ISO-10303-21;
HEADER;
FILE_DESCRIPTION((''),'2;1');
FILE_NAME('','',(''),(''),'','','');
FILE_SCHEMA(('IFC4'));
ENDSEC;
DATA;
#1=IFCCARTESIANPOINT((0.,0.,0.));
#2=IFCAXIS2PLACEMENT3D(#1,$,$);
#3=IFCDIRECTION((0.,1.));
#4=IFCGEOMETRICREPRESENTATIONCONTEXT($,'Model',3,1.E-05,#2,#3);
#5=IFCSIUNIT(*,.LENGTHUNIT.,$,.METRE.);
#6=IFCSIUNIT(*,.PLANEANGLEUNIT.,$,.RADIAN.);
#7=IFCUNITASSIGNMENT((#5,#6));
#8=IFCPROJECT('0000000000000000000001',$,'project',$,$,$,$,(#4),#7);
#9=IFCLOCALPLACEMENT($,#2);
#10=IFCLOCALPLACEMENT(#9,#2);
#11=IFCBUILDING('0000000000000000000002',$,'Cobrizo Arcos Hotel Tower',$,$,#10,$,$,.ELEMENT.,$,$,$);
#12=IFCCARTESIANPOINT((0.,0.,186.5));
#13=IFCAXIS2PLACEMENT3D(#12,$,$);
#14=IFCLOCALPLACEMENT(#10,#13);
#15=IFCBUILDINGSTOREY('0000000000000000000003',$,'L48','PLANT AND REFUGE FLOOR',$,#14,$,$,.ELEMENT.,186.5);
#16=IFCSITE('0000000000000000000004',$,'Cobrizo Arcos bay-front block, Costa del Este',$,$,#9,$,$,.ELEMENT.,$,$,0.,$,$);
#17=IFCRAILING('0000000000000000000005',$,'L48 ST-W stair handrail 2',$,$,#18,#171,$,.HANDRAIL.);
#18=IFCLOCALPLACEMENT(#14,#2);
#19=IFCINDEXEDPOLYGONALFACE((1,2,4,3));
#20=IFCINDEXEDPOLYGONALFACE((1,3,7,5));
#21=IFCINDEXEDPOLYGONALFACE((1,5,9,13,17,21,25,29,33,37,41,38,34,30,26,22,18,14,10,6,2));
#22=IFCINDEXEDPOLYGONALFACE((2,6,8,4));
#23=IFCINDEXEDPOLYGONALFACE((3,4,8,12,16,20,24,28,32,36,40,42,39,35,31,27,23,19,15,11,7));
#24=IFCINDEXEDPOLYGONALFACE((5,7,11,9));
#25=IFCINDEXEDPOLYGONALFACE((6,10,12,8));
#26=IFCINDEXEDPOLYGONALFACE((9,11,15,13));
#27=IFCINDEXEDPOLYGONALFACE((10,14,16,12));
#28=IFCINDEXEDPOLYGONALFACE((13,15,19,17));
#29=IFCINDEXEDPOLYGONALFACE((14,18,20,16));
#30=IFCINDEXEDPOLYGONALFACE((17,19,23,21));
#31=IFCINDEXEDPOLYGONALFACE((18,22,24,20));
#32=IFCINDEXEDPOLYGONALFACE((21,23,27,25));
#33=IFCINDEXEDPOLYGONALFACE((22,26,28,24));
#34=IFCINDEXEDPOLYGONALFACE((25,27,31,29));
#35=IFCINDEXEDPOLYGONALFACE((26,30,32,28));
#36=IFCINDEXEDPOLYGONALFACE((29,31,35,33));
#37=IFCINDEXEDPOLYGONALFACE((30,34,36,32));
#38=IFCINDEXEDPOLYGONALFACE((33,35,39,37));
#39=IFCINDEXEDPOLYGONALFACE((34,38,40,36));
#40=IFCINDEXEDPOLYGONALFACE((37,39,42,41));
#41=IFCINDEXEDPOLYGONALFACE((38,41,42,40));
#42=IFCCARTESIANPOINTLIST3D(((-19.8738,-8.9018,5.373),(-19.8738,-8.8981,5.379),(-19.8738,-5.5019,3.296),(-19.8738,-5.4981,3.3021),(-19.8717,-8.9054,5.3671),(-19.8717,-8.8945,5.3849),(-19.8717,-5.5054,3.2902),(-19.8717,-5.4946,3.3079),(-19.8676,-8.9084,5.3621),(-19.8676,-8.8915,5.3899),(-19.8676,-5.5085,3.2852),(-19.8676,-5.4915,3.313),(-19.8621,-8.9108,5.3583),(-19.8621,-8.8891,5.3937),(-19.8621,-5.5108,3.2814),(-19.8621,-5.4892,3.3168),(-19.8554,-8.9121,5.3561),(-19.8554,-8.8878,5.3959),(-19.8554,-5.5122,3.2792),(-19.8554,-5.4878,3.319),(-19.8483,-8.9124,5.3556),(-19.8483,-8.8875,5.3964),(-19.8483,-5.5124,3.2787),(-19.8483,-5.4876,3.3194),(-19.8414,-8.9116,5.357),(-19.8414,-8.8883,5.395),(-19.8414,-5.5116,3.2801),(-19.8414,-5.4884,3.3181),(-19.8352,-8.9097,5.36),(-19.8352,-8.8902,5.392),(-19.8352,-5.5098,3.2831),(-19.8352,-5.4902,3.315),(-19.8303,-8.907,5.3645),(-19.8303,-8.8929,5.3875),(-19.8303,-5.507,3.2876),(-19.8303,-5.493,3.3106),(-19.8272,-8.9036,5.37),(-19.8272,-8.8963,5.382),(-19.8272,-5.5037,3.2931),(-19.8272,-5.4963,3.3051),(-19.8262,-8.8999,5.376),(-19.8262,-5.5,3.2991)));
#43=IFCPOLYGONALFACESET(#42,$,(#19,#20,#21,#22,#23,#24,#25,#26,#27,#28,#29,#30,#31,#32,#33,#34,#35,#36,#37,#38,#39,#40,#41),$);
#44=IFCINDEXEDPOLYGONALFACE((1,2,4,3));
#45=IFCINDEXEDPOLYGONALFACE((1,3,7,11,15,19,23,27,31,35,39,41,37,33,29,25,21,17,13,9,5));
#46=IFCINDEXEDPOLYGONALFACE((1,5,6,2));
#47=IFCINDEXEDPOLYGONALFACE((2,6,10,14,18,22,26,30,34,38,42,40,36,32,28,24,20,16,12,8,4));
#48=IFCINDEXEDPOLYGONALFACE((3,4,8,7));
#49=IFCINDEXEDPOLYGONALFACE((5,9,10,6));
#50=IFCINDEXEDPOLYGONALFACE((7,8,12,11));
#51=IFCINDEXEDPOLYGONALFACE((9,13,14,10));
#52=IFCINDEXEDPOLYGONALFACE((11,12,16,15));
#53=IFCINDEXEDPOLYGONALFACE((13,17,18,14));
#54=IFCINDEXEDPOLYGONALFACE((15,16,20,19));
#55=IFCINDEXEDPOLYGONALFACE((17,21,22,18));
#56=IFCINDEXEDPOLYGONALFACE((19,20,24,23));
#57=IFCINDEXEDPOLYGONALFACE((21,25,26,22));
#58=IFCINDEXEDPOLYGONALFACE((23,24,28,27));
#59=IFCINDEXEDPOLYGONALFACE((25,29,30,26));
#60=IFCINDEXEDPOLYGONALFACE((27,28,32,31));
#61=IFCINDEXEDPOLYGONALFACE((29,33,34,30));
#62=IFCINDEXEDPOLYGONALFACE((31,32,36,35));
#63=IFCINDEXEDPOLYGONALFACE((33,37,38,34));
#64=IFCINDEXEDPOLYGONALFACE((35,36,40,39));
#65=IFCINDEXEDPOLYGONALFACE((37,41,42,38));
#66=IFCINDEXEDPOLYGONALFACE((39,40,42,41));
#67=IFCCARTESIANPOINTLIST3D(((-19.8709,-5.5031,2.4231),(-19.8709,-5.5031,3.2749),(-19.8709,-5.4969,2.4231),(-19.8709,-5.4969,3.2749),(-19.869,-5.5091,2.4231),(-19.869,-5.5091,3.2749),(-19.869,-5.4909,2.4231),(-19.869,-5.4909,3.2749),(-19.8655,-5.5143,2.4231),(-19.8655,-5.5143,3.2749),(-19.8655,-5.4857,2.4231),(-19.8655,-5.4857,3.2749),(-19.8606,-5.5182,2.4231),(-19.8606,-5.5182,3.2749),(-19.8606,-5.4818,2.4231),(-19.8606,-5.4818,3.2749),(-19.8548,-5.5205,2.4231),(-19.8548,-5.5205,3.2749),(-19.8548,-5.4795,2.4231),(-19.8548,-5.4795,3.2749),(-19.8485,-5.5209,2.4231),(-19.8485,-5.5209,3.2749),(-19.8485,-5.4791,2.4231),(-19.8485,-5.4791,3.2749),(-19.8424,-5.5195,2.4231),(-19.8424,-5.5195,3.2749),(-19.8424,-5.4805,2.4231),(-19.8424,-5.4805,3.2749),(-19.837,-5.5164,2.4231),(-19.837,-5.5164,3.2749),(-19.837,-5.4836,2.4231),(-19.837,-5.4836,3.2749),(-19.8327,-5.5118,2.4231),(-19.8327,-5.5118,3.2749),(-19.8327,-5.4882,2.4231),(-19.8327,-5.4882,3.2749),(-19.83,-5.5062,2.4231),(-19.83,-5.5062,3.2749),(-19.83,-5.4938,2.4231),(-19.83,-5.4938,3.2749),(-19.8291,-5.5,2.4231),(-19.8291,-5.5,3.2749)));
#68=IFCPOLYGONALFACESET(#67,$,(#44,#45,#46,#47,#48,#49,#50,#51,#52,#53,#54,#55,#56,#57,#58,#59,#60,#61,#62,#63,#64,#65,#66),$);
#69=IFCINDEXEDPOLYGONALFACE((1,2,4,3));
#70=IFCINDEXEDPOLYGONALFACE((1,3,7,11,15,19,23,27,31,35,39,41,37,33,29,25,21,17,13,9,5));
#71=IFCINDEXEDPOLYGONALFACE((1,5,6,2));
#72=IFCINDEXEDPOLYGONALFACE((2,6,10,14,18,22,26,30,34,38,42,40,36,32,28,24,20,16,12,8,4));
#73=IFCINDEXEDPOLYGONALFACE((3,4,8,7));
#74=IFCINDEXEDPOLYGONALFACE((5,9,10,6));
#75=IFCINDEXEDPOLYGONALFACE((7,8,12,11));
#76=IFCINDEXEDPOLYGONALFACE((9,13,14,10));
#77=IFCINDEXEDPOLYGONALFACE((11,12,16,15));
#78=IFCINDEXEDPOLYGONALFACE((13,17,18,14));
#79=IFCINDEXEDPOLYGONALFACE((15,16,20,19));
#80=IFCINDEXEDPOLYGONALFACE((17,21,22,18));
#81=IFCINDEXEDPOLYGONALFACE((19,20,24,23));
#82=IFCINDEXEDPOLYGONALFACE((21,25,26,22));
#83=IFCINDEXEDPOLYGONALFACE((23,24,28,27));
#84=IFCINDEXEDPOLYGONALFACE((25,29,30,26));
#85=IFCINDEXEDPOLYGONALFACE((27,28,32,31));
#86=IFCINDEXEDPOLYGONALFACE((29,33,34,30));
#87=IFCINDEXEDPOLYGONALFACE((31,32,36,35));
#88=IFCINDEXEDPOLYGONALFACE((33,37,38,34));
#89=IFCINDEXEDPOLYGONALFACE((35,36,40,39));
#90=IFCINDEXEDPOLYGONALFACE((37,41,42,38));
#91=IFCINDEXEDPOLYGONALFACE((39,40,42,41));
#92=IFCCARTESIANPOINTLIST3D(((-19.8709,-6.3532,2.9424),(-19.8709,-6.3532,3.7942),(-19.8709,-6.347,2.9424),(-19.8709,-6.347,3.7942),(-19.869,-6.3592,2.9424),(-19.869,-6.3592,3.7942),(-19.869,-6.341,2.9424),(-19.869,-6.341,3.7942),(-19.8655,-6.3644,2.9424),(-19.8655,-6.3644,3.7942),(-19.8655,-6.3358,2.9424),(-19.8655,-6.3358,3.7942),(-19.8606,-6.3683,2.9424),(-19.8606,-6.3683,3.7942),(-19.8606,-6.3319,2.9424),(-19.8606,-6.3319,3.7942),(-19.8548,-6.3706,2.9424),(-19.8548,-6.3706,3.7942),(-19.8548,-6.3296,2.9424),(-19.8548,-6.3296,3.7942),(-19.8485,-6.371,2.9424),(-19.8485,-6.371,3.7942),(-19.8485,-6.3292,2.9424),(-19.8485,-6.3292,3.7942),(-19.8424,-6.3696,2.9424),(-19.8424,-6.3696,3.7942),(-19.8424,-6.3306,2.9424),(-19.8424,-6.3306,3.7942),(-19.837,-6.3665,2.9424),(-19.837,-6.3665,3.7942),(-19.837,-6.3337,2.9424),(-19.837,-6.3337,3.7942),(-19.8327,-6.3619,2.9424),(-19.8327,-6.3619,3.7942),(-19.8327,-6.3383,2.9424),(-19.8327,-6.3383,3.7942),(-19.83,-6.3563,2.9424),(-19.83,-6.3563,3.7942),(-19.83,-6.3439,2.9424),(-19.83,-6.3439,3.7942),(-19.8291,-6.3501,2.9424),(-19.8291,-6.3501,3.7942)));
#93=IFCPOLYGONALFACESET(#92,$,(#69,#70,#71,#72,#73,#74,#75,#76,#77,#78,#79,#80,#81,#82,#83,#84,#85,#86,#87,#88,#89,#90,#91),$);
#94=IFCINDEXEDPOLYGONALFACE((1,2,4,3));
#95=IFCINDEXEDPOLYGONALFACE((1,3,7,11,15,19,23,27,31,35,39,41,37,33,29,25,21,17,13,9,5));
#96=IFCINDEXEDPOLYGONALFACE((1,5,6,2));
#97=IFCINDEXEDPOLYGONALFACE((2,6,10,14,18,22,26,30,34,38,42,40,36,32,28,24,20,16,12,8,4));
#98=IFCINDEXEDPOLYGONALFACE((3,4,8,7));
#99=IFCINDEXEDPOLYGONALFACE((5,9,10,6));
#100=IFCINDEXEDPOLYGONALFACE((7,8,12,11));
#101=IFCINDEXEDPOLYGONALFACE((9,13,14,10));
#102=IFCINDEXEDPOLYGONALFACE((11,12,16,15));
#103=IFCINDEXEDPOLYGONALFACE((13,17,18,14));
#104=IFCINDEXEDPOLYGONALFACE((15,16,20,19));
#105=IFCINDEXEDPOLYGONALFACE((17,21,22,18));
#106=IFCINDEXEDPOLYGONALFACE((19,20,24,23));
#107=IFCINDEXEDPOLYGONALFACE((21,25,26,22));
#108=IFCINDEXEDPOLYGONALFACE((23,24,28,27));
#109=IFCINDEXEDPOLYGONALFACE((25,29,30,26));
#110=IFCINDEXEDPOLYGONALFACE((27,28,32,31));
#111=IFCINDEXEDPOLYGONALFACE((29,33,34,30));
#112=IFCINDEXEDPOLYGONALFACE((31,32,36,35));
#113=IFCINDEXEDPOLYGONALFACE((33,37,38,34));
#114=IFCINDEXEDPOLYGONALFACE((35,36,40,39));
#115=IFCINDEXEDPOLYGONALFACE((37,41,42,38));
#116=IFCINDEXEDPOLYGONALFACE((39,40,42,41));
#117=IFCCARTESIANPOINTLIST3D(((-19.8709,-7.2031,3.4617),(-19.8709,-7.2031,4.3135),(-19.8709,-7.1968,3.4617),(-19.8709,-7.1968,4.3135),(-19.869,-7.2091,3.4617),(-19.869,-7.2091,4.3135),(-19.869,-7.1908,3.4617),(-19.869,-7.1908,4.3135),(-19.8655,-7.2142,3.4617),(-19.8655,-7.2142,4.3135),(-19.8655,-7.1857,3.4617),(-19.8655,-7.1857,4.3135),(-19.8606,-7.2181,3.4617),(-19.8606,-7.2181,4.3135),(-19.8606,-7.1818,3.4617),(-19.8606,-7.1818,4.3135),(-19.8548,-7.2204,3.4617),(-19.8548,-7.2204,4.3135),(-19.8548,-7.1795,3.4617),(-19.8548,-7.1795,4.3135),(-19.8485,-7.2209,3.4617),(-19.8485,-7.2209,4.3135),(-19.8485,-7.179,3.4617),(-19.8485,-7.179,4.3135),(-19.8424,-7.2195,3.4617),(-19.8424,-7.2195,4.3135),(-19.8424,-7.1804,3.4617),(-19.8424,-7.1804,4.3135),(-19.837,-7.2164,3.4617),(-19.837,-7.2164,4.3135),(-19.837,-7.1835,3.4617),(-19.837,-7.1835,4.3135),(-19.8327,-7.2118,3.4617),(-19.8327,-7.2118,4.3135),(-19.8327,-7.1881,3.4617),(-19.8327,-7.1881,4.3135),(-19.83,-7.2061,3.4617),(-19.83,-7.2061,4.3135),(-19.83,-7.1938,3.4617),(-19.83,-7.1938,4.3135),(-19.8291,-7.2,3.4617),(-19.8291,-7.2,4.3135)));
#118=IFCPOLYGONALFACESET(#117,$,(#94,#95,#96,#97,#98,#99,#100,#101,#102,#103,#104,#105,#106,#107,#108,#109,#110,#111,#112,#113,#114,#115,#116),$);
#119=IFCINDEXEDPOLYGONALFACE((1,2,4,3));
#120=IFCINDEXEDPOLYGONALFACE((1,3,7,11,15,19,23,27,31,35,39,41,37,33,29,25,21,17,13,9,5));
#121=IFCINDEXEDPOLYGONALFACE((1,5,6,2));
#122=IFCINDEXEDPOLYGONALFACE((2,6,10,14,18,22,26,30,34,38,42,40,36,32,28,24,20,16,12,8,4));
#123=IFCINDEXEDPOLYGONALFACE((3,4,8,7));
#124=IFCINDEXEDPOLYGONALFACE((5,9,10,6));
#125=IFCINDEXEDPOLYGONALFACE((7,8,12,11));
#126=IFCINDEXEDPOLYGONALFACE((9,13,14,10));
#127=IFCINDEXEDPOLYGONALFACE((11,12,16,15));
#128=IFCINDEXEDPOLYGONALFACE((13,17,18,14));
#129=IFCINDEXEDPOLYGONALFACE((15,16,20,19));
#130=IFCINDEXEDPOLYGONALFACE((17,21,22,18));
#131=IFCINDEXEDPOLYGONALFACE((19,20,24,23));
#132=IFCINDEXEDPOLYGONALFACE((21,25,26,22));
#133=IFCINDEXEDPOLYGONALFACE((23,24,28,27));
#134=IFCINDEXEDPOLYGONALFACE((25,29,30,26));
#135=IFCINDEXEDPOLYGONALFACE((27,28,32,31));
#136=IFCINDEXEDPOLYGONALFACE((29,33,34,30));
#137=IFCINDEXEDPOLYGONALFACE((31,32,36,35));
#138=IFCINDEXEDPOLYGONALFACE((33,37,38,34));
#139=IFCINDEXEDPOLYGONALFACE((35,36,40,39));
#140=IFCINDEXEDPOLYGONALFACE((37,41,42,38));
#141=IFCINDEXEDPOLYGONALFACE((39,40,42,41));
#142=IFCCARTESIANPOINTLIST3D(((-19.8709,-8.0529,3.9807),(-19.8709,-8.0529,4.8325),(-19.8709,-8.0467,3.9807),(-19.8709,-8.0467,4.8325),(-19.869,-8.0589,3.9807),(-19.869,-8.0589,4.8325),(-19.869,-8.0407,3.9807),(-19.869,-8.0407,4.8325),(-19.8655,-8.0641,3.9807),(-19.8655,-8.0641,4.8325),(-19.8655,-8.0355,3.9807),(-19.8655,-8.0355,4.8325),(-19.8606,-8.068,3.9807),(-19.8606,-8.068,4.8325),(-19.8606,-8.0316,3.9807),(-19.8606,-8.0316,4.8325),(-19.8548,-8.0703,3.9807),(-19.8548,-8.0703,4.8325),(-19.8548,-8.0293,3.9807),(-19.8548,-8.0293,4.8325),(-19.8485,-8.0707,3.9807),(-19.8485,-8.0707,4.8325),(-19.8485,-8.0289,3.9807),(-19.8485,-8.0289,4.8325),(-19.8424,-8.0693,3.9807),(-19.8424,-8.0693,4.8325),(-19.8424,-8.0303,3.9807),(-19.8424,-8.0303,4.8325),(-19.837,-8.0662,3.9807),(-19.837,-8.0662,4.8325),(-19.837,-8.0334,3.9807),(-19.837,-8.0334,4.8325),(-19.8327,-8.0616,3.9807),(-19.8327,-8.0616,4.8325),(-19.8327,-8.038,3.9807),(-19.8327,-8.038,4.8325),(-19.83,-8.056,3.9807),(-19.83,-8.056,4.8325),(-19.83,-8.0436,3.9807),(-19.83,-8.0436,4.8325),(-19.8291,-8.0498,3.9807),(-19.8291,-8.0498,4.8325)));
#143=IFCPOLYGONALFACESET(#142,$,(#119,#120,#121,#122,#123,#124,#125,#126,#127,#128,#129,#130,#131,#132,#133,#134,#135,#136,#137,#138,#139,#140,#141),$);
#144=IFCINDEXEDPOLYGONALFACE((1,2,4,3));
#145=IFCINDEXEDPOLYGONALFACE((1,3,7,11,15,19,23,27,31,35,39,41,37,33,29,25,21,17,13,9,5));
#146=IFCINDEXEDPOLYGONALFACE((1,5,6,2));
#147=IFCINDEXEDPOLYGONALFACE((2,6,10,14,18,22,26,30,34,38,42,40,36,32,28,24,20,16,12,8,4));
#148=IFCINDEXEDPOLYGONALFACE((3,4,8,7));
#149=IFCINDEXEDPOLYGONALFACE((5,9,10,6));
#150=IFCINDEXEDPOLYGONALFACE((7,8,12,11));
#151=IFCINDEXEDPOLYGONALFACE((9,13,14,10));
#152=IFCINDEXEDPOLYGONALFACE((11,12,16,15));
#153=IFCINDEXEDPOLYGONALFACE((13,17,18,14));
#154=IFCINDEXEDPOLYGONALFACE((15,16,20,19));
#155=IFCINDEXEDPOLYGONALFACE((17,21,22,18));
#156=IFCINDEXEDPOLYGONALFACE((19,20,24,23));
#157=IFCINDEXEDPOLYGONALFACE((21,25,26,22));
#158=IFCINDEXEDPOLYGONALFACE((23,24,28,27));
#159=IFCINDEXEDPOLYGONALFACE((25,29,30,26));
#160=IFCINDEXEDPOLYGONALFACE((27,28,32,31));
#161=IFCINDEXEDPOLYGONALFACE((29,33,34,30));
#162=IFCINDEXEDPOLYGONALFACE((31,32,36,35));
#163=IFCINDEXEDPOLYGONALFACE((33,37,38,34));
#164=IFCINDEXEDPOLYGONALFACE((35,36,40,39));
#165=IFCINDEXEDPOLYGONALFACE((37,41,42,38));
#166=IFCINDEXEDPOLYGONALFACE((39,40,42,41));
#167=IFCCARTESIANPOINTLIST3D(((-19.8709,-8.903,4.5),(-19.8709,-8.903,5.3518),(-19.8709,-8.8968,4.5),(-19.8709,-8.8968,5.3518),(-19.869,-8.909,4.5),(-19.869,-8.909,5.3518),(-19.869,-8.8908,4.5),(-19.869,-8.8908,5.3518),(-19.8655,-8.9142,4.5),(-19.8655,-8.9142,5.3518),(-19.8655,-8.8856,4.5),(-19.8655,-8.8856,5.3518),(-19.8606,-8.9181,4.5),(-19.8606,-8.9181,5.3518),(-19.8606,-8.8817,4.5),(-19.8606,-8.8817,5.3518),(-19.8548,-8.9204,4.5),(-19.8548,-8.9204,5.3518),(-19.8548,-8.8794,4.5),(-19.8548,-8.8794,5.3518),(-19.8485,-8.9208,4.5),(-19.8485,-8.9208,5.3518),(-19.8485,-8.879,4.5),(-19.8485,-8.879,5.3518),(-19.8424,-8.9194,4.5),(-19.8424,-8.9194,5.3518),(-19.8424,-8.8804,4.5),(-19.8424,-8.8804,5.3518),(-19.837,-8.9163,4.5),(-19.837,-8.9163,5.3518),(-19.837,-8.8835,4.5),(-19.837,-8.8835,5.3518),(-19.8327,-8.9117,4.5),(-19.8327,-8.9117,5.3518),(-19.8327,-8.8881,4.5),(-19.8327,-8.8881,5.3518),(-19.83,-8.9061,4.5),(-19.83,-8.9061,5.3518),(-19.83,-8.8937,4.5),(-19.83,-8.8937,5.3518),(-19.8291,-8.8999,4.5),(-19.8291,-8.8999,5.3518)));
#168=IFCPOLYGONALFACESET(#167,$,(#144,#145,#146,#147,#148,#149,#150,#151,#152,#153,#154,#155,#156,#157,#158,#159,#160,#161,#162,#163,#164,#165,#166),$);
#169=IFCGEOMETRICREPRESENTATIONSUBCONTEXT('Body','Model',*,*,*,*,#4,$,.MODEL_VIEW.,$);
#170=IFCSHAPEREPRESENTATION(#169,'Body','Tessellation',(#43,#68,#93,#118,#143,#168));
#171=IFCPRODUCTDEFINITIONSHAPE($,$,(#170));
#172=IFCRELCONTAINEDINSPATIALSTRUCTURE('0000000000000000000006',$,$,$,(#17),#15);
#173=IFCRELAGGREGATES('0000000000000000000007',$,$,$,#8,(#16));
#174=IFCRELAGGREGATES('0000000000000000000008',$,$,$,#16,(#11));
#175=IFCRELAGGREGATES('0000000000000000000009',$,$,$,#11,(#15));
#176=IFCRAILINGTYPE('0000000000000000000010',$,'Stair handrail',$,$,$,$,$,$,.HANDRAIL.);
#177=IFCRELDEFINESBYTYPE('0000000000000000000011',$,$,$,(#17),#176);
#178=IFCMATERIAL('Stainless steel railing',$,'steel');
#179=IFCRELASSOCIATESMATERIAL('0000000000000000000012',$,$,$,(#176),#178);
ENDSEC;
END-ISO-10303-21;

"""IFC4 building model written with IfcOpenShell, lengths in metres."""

from ifc_helpers import new_model, si_unit, direction, frame, origin, origin_2d, place, context, subcontext, project, spatial, circle, extrude, material, type_object, element, save


model = new_model("IFC4")

# Units and contexts
model_context = context("Model", 3, precision=1e-05, world=origin(), true_north=direction((0.0, 1.0)))
body_context = subcontext(model_context, "Body", "Model", "MODEL_VIEW")
ifc_project = project(units=[si_unit("LENGTHUNIT", "METRE"), si_unit("PLANEANGLEUNIT", "RADIAN")], contexts=[model_context])

# Site, building, storey
site_placement = place(None, origin())
site = spatial("IfcSite", under=ifc_project, at=site_placement, Name="Cobrizo Arcos bay-front block, Costa del Este", CompositionType="ELEMENT", RefElevation=0.0)
building_placement = place(site_placement, origin())
building = spatial("IfcBuilding", under=site, at=building_placement, Name="Cobrizo Arcos Hotel Tower", CompositionType="ELEMENT")
storey_placement = place(building_placement, frame((0.0, 0.0, 186.5)))
storey = spatial("IfcBuildingStorey", under=building, at=storey_placement, Name="L48", Description="PLANT AND REFUGE FLOOR", CompositionType="ELEMENT", Elevation=186.5)

# Railing
ifc_material_1 = material(Name="Stainless steel railing", Category="steel")
railing_type_1 = type_object("IfcRailingType", Name="Stair handrail", PredefinedType="HANDRAIL", material=ifc_material_1)
railing_1_placement = place(storey_placement, frame((-19.8501, -5.5, 2.4231)))
element("IfcRailing", 1, at=railing_1_placement, inside=storey, type_object=railing_type_1, Name="L48 ST-W stair handrail 2", PredefinedType="HANDRAIL", context=body_context, shape_type="SweptSolid", body=[
    extrude(circle(Radius=0.0239, at=origin_2d()), frame((0.0, 0.0, 0.876), z_axis=(0.0, -0.853373, 0.521301), x_axis=(1.0, 0.0, 0.0)), (0.0, 0.0, 1.0), 3.9841),
    extrude(circle(Radius=0.021, at=origin_2d()), origin(), (0.0, 0.0, 1.0), 0.8518),
    extrude(circle(Radius=0.021, at=origin_2d()), frame((0.0, -0.8501, 0.5193)), (0.0, 0.0, 1.0), 0.8518),
    extrude(circle(Radius=0.021, at=origin_2d()), frame((0.0, -1.7, 1.0386)), (0.0, 0.0, 1.0), 0.8518),
    extrude(circle(Radius=0.021, at=origin_2d()), frame((0.0, -2.5498, 1.5576)), (0.0, 0.0, 1.0), 0.8518),
    extrude(circle(Radius=0.021, at=origin_2d()), frame((0.0, -3.3999, 2.0769)), (0.0, 0.0, 1.0), 0.8518),
])

save(model, "model.ifc")
